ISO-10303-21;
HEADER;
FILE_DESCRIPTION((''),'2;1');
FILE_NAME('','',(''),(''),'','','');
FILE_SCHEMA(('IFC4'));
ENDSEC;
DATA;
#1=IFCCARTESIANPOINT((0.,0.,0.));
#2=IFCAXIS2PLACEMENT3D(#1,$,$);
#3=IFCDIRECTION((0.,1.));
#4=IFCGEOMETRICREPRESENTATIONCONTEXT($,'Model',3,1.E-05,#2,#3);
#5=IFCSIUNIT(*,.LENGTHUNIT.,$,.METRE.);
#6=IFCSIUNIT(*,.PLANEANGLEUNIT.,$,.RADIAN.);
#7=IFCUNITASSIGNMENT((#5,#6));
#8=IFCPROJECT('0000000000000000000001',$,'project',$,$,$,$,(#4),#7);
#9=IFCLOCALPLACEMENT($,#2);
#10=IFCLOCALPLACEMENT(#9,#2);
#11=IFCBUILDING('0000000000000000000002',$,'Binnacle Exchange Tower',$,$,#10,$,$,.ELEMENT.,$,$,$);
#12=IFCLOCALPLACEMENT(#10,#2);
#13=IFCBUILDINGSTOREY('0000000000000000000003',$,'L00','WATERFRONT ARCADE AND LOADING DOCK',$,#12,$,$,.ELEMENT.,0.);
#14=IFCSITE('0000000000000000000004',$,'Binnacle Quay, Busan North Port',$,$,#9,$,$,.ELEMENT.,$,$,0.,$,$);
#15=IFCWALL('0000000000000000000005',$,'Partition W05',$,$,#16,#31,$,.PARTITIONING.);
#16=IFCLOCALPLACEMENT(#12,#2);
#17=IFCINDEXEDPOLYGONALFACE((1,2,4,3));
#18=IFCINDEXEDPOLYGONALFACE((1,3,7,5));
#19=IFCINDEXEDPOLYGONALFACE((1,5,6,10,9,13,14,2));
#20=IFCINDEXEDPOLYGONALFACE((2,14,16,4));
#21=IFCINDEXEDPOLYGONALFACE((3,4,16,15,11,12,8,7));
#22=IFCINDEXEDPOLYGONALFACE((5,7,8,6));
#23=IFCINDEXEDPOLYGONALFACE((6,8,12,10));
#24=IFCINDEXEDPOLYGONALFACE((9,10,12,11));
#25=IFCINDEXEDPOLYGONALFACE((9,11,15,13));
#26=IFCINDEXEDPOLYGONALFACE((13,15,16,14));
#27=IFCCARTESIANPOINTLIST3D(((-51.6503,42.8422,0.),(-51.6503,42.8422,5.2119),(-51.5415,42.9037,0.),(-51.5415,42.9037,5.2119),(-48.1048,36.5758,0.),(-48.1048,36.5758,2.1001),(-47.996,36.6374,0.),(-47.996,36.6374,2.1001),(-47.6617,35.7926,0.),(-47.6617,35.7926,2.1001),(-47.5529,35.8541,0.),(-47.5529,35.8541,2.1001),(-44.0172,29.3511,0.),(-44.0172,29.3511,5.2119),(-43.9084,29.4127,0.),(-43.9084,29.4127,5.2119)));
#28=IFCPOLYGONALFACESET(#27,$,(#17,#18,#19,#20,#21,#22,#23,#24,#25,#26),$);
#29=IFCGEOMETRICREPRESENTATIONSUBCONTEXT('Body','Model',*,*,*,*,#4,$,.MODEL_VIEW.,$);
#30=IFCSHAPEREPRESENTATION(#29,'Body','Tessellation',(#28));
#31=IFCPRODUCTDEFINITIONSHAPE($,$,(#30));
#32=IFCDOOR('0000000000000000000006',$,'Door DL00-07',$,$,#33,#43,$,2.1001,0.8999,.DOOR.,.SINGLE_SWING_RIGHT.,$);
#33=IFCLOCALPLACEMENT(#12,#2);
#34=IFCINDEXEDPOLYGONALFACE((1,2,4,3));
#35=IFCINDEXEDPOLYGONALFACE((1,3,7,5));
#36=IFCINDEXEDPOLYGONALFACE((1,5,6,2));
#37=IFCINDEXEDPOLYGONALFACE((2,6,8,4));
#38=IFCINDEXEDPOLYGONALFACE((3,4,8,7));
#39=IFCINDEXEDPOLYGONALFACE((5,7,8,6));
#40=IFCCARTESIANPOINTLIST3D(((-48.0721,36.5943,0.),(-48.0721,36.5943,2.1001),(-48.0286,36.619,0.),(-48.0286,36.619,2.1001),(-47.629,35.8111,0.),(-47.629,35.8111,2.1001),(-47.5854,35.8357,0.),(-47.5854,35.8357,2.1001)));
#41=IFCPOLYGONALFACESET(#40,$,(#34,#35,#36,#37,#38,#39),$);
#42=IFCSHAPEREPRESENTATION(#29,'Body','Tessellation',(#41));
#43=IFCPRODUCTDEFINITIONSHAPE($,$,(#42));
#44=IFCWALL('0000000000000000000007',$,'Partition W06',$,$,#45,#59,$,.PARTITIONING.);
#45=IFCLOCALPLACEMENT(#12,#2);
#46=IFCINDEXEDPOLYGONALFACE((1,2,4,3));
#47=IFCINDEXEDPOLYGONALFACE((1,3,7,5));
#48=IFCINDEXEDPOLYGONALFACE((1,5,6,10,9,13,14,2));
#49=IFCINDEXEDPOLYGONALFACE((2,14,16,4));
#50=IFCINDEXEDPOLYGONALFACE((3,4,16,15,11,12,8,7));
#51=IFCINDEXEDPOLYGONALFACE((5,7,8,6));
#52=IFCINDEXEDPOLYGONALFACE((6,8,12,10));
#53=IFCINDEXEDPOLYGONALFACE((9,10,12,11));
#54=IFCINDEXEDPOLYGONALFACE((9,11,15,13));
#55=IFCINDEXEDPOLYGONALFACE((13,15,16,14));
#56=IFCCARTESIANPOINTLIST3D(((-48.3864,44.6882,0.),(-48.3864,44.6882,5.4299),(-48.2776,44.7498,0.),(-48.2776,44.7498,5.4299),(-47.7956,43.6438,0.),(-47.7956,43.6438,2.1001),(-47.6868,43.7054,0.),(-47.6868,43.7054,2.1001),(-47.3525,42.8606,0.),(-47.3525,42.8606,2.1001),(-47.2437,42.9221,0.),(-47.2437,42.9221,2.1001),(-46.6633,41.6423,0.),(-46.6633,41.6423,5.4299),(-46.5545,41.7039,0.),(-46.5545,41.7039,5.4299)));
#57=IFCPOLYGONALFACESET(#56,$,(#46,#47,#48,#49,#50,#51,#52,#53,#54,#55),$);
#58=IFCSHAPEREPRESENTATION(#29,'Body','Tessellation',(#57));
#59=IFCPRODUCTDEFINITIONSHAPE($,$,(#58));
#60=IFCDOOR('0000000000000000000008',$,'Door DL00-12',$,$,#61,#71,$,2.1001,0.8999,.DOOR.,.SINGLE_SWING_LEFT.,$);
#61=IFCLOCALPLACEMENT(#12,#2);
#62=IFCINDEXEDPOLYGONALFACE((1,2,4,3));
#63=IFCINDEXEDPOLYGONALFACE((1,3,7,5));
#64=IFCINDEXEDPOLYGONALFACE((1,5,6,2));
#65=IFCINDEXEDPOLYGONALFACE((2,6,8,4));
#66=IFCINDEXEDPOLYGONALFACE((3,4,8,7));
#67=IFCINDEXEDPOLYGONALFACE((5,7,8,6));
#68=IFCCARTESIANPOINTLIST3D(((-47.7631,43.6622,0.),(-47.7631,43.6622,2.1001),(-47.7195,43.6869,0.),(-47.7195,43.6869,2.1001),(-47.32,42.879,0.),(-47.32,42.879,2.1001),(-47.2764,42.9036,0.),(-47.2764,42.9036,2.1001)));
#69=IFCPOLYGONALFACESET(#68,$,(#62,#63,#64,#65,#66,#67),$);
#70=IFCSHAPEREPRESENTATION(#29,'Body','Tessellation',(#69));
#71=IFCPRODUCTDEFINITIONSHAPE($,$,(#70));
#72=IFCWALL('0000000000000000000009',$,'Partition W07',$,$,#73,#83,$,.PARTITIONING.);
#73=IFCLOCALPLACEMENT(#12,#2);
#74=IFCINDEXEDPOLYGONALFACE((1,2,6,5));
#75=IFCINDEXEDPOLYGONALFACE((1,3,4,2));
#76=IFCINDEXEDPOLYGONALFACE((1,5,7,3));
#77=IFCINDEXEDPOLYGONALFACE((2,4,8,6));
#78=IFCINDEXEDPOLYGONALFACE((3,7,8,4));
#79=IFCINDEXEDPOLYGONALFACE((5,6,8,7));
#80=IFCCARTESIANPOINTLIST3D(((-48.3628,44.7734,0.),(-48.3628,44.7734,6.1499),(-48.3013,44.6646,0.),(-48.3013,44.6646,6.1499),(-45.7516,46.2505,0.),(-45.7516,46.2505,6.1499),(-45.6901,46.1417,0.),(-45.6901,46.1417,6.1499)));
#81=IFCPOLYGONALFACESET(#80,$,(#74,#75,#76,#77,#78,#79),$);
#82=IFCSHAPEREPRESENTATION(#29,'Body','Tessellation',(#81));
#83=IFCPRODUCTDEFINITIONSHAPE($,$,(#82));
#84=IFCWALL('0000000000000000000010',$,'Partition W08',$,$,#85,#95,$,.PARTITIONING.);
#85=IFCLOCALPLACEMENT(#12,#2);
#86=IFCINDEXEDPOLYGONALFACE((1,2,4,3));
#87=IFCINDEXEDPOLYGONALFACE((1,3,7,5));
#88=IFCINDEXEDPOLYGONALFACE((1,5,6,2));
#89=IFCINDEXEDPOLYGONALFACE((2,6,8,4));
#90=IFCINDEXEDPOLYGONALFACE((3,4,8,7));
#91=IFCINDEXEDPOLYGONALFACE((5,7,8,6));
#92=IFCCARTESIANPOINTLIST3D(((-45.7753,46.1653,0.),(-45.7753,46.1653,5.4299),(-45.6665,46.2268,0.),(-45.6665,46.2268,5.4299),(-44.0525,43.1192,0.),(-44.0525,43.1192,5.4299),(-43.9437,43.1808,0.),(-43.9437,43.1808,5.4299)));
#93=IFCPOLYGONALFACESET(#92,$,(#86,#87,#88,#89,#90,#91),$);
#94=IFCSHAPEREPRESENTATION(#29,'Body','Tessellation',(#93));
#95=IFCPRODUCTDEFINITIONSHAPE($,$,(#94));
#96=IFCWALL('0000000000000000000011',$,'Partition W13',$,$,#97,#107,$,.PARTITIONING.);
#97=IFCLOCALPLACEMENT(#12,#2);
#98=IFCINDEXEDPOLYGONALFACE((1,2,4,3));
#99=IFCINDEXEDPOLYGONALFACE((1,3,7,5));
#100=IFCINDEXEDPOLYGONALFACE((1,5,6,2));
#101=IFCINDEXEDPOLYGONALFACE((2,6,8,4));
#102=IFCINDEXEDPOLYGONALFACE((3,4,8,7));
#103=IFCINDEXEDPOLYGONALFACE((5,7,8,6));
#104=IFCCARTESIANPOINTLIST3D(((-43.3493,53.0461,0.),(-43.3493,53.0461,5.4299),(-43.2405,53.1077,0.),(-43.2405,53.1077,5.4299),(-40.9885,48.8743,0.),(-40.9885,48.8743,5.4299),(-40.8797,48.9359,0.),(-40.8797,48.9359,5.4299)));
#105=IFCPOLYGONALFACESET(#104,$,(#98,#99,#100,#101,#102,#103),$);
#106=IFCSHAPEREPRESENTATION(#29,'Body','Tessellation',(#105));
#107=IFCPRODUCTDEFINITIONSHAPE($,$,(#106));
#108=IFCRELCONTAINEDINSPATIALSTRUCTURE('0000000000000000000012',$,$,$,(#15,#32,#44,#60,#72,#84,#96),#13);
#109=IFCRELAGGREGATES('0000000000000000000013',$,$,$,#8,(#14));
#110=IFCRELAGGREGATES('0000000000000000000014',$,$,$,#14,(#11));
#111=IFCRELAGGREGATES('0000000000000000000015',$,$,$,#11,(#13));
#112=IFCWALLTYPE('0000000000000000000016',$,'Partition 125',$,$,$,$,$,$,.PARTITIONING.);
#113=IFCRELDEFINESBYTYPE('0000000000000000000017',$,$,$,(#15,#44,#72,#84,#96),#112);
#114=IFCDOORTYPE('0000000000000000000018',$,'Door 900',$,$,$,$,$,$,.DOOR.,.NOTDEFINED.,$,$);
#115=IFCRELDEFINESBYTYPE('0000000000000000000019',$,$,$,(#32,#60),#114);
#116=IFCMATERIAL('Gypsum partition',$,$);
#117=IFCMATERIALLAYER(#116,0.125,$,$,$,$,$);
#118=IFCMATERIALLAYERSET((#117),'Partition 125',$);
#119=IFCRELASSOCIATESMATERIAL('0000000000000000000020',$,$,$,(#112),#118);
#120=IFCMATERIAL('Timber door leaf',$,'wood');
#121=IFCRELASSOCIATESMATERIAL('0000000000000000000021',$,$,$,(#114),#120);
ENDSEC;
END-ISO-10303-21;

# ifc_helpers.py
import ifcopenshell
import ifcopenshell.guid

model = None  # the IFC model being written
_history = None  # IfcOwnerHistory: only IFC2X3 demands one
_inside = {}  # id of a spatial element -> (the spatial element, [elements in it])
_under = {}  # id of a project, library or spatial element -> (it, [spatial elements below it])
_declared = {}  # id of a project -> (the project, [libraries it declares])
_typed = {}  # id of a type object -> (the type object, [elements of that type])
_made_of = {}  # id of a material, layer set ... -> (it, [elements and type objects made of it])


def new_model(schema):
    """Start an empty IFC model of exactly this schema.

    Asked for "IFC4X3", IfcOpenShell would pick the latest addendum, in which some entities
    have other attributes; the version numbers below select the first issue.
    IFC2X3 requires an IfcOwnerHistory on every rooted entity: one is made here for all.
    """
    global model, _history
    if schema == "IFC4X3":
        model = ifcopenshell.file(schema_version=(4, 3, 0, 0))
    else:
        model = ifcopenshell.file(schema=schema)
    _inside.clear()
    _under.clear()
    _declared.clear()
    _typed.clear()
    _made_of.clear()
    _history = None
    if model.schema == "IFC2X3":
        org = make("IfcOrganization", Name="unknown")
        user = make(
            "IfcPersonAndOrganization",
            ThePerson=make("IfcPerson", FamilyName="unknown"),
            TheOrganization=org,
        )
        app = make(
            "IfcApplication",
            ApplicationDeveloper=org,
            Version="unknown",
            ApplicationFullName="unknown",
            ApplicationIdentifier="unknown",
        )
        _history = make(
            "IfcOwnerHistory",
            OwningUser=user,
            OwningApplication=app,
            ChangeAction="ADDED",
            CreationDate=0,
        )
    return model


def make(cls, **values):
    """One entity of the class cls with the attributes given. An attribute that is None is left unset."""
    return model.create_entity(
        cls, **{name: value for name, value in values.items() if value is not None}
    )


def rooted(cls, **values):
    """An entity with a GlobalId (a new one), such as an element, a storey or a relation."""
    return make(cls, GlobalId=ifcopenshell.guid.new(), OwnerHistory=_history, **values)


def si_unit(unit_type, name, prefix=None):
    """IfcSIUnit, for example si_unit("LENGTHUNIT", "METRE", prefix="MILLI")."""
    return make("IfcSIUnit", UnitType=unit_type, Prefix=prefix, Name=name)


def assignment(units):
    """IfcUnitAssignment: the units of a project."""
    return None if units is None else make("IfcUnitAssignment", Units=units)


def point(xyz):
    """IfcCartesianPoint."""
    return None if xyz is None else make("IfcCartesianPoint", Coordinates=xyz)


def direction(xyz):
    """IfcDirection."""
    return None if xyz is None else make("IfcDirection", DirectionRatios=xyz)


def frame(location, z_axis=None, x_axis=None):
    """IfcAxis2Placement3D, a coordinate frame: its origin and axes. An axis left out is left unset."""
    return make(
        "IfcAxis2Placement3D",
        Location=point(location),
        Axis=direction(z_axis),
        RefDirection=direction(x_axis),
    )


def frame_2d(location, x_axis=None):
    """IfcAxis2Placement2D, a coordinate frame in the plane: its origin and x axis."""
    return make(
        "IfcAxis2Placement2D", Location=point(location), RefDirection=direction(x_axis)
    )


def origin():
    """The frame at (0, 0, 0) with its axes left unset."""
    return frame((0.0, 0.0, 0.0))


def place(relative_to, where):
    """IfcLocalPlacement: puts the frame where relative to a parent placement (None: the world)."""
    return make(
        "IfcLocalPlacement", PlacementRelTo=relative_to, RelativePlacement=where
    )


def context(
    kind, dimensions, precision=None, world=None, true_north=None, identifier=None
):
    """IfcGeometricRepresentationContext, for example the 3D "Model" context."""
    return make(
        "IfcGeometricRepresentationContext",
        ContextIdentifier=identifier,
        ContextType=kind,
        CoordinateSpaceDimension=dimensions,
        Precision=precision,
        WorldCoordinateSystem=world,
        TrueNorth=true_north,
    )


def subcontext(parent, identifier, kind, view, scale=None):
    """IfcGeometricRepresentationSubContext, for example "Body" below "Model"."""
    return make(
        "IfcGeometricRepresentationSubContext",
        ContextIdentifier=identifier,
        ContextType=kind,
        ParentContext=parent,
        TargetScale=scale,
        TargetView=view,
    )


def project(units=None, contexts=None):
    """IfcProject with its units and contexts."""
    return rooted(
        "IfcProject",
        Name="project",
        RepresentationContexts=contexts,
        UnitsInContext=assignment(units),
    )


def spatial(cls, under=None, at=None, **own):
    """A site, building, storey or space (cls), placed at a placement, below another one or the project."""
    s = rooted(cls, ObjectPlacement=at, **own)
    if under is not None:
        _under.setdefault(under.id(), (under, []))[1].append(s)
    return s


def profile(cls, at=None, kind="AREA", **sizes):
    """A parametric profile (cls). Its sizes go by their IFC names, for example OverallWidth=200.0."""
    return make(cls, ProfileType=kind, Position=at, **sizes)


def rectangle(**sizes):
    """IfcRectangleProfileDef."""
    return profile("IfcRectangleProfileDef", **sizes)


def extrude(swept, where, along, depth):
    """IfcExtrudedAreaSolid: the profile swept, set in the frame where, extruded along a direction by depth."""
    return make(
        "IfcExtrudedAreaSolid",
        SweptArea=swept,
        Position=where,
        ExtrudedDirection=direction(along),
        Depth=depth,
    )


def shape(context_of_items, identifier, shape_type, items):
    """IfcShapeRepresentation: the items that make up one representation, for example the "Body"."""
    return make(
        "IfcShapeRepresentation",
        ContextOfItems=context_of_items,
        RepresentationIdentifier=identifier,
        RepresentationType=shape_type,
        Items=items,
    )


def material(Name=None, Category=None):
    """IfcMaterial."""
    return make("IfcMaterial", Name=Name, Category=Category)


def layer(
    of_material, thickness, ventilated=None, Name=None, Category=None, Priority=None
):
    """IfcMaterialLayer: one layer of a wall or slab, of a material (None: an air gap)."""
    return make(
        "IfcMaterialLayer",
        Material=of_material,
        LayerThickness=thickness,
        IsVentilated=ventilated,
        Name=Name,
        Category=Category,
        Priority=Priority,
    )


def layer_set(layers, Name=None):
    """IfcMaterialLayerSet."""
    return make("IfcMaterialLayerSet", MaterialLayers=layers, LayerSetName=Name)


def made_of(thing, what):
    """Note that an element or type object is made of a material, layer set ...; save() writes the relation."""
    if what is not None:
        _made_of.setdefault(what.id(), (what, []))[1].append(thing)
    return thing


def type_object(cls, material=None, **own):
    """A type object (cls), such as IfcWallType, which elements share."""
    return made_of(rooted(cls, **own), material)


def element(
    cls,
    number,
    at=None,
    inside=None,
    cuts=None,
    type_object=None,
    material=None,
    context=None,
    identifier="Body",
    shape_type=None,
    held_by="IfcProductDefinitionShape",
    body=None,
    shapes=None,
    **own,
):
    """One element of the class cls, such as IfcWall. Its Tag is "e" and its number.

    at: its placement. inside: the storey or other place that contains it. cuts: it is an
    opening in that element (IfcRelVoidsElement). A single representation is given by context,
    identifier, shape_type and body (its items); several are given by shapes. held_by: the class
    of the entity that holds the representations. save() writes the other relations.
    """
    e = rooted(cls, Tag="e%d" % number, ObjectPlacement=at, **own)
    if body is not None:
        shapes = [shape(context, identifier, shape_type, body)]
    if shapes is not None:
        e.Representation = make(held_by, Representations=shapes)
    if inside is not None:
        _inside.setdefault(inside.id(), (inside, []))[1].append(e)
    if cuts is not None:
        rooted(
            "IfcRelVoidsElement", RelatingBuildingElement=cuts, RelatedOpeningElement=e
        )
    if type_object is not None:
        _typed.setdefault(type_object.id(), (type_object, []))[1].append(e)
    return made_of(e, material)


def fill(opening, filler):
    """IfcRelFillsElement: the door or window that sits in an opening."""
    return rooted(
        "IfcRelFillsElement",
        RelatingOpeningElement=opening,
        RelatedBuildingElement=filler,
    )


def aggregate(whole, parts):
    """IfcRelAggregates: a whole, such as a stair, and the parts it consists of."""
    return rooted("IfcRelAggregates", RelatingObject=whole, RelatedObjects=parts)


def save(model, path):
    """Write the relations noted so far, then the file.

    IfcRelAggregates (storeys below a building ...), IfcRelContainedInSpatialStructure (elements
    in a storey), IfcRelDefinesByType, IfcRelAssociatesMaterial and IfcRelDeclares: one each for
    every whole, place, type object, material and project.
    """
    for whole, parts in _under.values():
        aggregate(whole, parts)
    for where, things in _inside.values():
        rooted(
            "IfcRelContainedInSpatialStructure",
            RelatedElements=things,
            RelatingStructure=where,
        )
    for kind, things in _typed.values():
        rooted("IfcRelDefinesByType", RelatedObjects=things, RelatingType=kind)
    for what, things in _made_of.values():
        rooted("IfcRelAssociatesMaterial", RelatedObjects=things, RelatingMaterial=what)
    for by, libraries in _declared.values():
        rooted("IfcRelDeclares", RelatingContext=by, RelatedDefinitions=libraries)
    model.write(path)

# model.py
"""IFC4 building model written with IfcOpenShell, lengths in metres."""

from ifc_helpers import new_model, si_unit, direction, frame, frame_2d, origin, place, context, subcontext, project, spatial, rectangle, extrude, material, layer, layer_set, type_object, element, fill, save


model = new_model("IFC4")

# Units and contexts
model_context = context("Model", 3, precision=1e-05, world=origin(), true_north=direction((0.0, 1.0)))
body_context = subcontext(model_context, "Body", "Model", "MODEL_VIEW")
ifc_project = project(units=[si_unit("LENGTHUNIT", "METRE"), si_unit("PLANEANGLEUNIT", "RADIAN")], contexts=[model_context])

# Site, building, storey
site_placement = place(None, origin())
site = spatial("IfcSite", under=ifc_project, at=site_placement, Name="Binnacle Quay, Busan North Port", CompositionType="ELEMENT", RefElevation=0.0)
building_placement = place(site_placement, origin())
building = spatial("IfcBuilding", under=site, at=building_placement, Name="Binnacle Exchange Tower", CompositionType="ELEMENT")
storey_placement = place(building_placement, origin())
storey = spatial("IfcBuildingStorey", under=building, at=storey_placement, Name="L00", Description="WATERFRONT ARCADE AND LOADING DOCK", CompositionType="ELEMENT", Elevation=0.0)

# Walls, openings, doors
ifc_material_1 = material(Name="Gypsum partition")
ifc_layer_1 = layer(ifc_material_1, 0.125)
ifc_layer_set_1 = layer_set([ifc_layer_1], Name="Partition 125")
wall_type_1 = type_object("IfcWallType", Name="Partition 125", PredefinedType="PARTITIONING", material=ifc_layer_set_1)
ifc_material_2 = material(Name="Timber door leaf", Category="wood")
door_type_1 = type_object("IfcDoorType", Name="Door 900", OperationType="NOTDEFINED", PredefinedType="DOOR", material=ifc_material_2)
wall_1_placement = place(storey_placement, frame((-51.5959, 42.873, 0.0), z_axis=(0.0, 0.0, 1.0), x_axis=(0.492435, -0.870349, 0.0)))
wall_1 = element("IfcWall", 1, at=wall_1_placement, inside=storey, type_object=wall_type_1, Name="Partition W05", PredefinedType="PARTITIONING", context=body_context, shape_type="SweptSolid", body=[
    extrude(rectangle(XDim=15.5007, YDim=0.125, at=frame_2d((7.7505, 0.0))), origin(), (0.0, 0.0, 1.0), 5.2119),
])
opening_1_placement = place(wall_1_placement, frame((7.2, 0.0, 0.0)))
opening_1 = element("IfcOpeningElement", 2, at=opening_1_placement, cuts=wall_1, PredefinedType="OPENING", context=body_context, shape_type="SweptSolid", body=[
    extrude(rectangle(XDim=0.8999, YDim=2.1001, at=frame_2d((0.45, 1.05))), frame((0.0, 0.0725, 0.0), z_axis=(0.0, -1.0, 0.0), x_axis=(1.0, 0.0, 0.0)), (0.0, 0.0, 1.0), 0.145),
])
door_1_placement = place(opening_1_placement, frame((0.8999, 0.0, 0.0), z_axis=(0.0, 0.0, 1.0), x_axis=(-1.0, 0.0, 0.0)))
door_1 = element("IfcDoor", 3, at=door_1_placement, inside=storey, type_object=door_type_1, Name="Door DL00-07", OperationType="SINGLE_SWING_RIGHT", OverallHeight=2.1001, OverallWidth=0.8999, PredefinedType="DOOR", context=body_context, shape_type="SweptSolid", body=[
    extrude(rectangle(XDim=0.8999, YDim=2.1001, at=frame_2d((0.45, 1.05))), frame((0.0, 0.0249, 0.0), z_axis=(0.0, -1.0, 0.0), x_axis=(1.0, 0.0, 0.0)), (0.0, 0.0, 1.0), 0.05),
])
fill(opening_1, door_1)
wall_2_placement = place(storey_placement, frame((-48.332, 44.719, 0.0), z_axis=(0.0, 0.0, 1.0), x_axis=(0.492393, -0.870373, 0.0)))
wall_2 = element("IfcWall", 4, at=wall_2_placement, inside=storey, type_object=wall_type_1, Name="Partition W06", PredefinedType="PARTITIONING", context=body_context, shape_type="SweptSolid", body=[
    extrude(rectangle(XDim=3.4995, YDim=0.125, at=frame_2d((1.7498, 0.0))), origin(), (0.0, 0.0, 1.0), 5.4299),
])
opening_2_placement = place(wall_2_placement, frame((1.2, 0.0, 0.0)))
opening_2 = element("IfcOpeningElement", 5, at=opening_2_placement, cuts=wall_2, PredefinedType="OPENING", context=body_context, shape_type="SweptSolid", body=[
    extrude(rectangle(XDim=0.8999, YDim=2.1001, at=frame_2d((0.45, 1.05))), frame((0.0, 0.0725, 0.0), z_axis=(0.0, -1.0, 0.0), x_axis=(1.0, 0.0, 0.0)), (0.0, 0.0, 1.0), 0.145),
])
door_2_placement = place(opening_2_placement, origin())
door_2 = element("IfcDoor", 6, at=door_2_placement, inside=storey, type_object=door_type_1, Name="Door DL00-12", OperationType="SINGLE_SWING_LEFT", OverallHeight=2.1001, OverallWidth=0.8999, PredefinedType="DOOR", context=body_context, shape_type="SweptSolid", body=[
    extrude(rectangle(XDim=0.8999, YDim=2.1001, at=frame_2d((0.45, 1.05))), frame((0.0, 0.0249, 0.0), z_axis=(0.0, -1.0, 0.0), x_axis=(1.0, 0.0, 0.0)), (0.0, 0.0, 1.0), 0.05),
])
fill(opening_2, door_2)

# Walls
wall_3_placement = place(storey_placement, frame((-48.332, 44.719, 0.0), z_axis=(0.0, 0.0, 1.0), x_axis=(0.870388, 0.492366, 0.0)))
element("IfcWall", 7, at=wall_3_placement, inside=storey, type_object=wall_type_1, Name="Partition W07", PredefinedType="PARTITIONING", context=body_context, shape_type="SweptSolid", body=[
    extrude(rectangle(XDim=3.0, YDim=0.125, at=frame_2d((1.5, 0.0))), origin(), (0.0, 0.0, 1.0), 6.1499),
])
wall_4_placement = place(storey_placement, frame((-45.7209, 46.196, 0.0), z_axis=(0.0, 0.0, 1.0), x_axis=(0.49231, -0.87042, 0.0)))
element("IfcWall", 8, at=wall_4_placement, inside=storey, type_object=wall_type_1, Name="Partition W08", PredefinedType="PARTITIONING", context=body_context, shape_type="SweptSolid", body=[
    extrude(rectangle(XDim=3.4995, YDim=0.125, at=frame_2d((1.7498, 0.0))), origin(), (0.0, 0.0, 1.0), 5.4299),
])
wall_5_placement = place(storey_placement, frame((-43.2949, 53.0769, 0.0), z_axis=(0.0, 0.0, 1.0), x_axis=(0.492504, -0.87031, 0.0)))
element("IfcWall", 9, at=wall_5_placement, inside=storey, type_object=wall_type_1, Name="Partition W13", PredefinedType="PARTITIONING", context=body_context, shape_type="SweptSolid", body=[
    extrude(rectangle(XDim=4.7935, YDim=0.125, at=frame_2d((2.3967, 0.0))), origin(), (0.0, 0.0, 1.0), 5.4299),
])

save(model, "model.ifc")
